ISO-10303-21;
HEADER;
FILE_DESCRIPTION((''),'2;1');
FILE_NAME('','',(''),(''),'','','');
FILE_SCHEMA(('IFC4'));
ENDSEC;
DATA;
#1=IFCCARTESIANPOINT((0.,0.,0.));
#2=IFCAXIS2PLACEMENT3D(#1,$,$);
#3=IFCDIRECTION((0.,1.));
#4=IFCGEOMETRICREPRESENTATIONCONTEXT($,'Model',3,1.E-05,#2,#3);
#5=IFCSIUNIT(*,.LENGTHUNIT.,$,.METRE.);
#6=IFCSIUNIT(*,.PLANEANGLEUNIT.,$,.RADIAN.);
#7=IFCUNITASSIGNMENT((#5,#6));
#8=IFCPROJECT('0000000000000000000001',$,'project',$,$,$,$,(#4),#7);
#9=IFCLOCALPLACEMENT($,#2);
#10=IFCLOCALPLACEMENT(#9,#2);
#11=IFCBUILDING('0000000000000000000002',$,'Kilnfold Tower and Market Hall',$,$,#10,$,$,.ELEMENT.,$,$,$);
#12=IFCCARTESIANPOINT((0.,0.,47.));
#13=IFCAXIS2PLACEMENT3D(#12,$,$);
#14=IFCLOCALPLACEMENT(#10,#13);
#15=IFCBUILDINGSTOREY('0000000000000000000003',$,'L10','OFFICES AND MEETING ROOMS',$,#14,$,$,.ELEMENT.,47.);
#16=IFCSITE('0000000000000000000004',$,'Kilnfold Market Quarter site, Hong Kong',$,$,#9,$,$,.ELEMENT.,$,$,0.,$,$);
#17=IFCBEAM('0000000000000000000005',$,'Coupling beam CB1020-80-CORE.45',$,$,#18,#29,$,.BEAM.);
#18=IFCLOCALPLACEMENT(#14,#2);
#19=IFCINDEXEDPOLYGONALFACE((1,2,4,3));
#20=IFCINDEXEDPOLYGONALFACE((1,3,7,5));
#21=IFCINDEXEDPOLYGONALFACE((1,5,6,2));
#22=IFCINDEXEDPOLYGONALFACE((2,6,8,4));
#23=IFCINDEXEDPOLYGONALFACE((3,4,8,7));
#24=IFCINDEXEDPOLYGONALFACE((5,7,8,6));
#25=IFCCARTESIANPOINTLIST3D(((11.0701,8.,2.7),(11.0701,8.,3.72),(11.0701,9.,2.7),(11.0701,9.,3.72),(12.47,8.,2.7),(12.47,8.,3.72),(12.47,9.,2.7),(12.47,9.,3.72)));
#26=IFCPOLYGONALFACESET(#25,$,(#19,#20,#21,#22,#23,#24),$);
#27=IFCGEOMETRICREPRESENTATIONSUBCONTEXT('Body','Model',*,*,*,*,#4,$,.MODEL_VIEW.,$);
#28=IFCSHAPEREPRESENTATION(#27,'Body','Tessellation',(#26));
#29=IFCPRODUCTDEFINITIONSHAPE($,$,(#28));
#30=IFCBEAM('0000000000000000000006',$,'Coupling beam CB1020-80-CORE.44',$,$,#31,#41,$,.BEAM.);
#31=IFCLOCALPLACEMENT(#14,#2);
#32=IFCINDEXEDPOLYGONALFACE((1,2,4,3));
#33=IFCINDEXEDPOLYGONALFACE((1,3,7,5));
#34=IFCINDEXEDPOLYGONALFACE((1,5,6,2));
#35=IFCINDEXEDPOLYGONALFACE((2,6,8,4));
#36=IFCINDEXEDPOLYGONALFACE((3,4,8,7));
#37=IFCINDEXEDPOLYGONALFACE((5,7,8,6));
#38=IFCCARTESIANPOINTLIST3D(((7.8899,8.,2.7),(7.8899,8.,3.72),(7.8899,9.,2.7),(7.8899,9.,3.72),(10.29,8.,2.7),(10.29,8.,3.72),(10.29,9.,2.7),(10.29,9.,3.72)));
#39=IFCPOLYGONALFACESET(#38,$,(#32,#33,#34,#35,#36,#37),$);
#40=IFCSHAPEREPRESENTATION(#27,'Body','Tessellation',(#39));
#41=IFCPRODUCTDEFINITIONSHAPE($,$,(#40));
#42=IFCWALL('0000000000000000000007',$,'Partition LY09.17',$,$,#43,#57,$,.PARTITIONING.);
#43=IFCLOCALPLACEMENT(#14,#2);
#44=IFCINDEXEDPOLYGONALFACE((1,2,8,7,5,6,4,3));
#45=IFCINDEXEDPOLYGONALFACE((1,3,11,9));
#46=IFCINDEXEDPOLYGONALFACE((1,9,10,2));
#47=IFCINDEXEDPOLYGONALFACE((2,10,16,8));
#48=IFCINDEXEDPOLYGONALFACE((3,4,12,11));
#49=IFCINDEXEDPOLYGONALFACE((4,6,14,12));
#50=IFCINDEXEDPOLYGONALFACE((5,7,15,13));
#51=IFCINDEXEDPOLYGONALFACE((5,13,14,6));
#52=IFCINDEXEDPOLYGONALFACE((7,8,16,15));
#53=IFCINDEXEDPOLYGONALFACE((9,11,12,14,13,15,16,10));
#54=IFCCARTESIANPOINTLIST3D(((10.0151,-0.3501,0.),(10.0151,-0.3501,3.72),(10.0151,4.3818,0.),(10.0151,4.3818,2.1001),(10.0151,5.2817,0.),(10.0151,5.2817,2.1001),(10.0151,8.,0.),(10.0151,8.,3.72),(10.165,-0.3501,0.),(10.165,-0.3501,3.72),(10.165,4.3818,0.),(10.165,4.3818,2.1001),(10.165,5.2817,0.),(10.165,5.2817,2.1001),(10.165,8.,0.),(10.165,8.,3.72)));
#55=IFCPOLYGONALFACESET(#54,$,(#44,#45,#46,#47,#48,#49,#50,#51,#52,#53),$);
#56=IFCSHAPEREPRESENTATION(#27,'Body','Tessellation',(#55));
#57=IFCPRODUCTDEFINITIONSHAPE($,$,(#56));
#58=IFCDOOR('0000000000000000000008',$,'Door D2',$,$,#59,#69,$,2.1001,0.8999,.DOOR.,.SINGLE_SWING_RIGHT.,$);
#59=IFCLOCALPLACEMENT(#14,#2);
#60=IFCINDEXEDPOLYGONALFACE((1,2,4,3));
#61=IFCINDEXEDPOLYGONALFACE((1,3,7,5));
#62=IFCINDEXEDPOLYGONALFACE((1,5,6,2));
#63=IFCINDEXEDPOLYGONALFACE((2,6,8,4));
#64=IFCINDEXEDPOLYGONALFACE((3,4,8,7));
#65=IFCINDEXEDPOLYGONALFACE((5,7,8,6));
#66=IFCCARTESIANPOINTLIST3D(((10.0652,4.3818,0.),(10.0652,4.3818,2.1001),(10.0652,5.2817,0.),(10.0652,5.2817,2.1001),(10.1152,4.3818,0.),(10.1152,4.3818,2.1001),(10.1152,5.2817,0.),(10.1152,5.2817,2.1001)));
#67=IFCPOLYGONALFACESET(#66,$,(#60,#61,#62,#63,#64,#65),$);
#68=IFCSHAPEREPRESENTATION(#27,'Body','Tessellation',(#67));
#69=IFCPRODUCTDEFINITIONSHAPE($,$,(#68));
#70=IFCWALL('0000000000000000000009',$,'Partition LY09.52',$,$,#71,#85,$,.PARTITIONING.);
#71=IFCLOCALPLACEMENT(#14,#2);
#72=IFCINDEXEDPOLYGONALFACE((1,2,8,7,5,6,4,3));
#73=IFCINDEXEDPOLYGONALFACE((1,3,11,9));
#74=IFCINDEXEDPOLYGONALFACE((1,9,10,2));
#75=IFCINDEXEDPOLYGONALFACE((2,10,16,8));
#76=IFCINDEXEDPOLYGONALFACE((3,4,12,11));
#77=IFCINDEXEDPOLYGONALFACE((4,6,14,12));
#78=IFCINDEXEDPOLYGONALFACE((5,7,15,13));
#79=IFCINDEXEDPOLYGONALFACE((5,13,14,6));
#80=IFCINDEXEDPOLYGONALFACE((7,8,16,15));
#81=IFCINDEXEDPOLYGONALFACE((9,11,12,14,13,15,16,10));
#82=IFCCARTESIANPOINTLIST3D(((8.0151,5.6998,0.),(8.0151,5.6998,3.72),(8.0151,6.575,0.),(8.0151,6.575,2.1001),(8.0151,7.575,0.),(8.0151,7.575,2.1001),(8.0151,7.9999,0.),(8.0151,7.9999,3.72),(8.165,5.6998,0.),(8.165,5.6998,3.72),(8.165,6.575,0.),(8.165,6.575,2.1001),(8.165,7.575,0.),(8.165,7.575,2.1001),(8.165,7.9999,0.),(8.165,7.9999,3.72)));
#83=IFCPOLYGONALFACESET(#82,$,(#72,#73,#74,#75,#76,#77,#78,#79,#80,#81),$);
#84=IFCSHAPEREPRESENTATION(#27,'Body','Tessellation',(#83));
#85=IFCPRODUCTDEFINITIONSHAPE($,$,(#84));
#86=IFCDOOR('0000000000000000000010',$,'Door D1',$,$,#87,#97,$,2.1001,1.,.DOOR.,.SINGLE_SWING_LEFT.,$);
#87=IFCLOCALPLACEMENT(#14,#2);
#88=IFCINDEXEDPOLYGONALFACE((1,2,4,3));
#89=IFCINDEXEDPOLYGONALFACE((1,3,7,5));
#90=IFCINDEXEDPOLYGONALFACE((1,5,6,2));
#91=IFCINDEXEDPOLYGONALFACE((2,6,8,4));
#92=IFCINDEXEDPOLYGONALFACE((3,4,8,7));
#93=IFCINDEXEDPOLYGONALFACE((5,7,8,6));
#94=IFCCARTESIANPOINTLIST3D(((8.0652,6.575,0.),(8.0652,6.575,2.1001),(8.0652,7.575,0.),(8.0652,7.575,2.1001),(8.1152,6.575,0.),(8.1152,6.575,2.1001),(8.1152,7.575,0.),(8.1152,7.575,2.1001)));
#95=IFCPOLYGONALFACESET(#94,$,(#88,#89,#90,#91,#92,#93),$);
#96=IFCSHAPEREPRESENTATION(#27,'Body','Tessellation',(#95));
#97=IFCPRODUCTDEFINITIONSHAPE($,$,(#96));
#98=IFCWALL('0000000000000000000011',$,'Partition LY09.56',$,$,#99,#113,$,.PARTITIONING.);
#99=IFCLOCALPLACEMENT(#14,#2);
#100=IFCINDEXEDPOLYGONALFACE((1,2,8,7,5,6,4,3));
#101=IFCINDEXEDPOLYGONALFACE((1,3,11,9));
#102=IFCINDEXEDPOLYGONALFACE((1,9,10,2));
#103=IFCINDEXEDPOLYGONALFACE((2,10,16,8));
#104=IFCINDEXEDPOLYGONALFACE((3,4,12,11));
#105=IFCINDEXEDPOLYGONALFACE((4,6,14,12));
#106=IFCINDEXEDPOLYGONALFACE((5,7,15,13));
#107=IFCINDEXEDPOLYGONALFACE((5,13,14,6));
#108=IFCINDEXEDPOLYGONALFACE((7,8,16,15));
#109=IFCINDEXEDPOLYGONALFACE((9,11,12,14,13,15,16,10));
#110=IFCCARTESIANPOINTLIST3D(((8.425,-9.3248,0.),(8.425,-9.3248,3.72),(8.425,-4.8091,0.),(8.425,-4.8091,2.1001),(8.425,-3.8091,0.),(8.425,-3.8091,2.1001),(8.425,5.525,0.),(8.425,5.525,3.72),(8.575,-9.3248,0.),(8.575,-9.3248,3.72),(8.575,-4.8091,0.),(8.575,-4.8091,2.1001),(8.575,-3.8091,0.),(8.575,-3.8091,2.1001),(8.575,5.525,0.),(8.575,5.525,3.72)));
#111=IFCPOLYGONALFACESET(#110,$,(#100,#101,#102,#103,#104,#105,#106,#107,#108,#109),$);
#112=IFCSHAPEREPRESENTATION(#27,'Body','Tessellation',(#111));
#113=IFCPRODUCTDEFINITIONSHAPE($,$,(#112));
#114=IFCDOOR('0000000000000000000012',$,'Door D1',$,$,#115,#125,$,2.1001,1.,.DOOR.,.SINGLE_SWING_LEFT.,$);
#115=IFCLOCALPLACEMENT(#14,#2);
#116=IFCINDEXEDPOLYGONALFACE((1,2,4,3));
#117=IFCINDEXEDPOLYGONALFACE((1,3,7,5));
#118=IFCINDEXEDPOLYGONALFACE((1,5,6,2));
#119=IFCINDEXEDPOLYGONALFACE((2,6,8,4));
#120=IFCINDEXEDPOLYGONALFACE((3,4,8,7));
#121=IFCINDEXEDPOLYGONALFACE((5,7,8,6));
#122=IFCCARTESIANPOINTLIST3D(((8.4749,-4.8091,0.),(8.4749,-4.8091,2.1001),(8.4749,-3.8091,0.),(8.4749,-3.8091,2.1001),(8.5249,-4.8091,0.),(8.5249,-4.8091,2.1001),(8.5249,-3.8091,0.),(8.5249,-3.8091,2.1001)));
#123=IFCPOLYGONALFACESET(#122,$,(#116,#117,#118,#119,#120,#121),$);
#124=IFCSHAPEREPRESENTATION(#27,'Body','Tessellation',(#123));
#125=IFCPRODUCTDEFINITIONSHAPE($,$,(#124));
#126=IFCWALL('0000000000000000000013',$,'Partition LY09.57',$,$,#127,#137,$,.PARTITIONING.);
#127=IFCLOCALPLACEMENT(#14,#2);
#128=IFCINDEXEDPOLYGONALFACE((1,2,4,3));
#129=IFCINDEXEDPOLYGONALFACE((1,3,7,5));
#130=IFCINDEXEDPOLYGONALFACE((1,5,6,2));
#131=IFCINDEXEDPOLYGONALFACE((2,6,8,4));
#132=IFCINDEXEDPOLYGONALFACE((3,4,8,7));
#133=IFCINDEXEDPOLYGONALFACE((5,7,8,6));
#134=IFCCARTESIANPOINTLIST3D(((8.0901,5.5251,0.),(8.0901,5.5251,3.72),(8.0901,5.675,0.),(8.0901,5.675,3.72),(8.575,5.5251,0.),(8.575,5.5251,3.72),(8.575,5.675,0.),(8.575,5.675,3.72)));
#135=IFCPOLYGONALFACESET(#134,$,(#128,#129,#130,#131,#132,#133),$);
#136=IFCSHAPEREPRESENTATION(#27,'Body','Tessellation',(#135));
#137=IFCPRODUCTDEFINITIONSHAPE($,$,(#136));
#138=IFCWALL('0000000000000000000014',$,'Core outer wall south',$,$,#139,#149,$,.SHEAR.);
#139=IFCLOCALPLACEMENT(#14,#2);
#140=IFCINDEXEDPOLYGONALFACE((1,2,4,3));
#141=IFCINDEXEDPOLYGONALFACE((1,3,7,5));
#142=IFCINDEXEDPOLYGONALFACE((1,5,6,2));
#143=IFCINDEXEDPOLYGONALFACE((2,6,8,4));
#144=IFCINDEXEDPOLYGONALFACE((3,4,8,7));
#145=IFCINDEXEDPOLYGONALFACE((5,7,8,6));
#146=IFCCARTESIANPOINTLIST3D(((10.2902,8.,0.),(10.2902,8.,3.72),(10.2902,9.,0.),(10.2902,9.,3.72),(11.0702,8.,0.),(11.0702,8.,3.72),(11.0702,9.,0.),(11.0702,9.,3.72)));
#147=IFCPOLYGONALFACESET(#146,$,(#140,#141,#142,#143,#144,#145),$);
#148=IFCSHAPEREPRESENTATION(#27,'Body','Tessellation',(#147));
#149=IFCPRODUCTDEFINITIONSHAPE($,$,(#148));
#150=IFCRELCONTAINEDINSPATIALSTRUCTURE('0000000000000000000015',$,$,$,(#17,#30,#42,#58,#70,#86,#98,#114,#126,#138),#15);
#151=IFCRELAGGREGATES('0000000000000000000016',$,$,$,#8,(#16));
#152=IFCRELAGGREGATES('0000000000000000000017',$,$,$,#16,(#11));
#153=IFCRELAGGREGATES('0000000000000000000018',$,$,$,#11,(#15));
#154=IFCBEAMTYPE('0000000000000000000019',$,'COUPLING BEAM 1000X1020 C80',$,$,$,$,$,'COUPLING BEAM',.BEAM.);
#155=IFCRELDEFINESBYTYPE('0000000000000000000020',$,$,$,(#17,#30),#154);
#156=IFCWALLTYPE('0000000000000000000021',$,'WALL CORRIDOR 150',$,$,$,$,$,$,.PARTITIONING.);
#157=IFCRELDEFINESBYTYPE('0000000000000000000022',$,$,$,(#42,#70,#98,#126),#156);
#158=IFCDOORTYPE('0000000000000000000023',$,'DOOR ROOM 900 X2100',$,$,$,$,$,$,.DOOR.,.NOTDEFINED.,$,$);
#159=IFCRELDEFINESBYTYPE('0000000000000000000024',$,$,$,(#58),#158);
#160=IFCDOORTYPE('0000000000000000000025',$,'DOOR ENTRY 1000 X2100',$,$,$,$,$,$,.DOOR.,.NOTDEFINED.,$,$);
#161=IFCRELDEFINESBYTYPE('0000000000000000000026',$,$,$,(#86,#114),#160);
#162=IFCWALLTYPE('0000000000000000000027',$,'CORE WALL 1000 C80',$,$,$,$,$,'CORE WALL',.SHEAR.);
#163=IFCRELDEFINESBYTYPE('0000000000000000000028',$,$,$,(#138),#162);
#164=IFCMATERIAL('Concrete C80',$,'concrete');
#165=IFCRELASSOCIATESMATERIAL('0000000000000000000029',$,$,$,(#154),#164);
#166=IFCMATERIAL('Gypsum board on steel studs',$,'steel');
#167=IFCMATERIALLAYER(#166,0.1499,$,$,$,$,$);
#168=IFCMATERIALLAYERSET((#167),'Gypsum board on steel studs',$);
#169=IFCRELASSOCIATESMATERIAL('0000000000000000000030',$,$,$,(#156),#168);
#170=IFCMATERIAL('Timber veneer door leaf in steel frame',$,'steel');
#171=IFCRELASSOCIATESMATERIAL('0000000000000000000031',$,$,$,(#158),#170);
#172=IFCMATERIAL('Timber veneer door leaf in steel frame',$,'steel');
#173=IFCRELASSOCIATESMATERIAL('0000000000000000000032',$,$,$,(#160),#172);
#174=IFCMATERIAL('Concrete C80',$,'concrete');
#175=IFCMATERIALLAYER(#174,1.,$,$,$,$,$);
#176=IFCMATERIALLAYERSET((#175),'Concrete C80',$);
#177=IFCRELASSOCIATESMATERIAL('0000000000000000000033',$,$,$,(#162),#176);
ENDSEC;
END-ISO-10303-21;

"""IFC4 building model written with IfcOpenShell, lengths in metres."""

from ifc_helpers import new_model, si_unit, direction, frame, frame_2d, origin, origin_2d, place, context, subcontext, project, spatial, rectangle, extrude, source, transform, mapped, material, layer, layer_set, material_profile, profile_set, type_object, element, fill, save


model = new_model("IFC4")

# Units and contexts
model_context = context("Model", 3, precision=1e-05, world=origin(), true_north=direction((0.0, 1.0)))
body_context = subcontext(model_context, "Body", "Model", "MODEL_VIEW")
ifc_project = project(units=[si_unit("LENGTHUNIT", "METRE"), si_unit("PLANEANGLEUNIT", "RADIAN")], contexts=[model_context])

# Site, building, storey
site_placement = place(None, origin())
site = spatial("IfcSite", under=ifc_project, at=site_placement, Name="Kilnfold Market Quarter site, Hong Kong", CompositionType="ELEMENT", RefElevation=0.0)
building_placement = place(site_placement, origin())
building = spatial("IfcBuilding", under=site, at=building_placement, Name="Kilnfold Tower and Market Hall", CompositionType="ELEMENT")
storey_placement = place(building_placement, frame((0.0, 0.0, 47.0)))
storey = spatial("IfcBuildingStorey", under=building, at=storey_placement, Name="L10", Description="OFFICES AND MEETING ROOMS", CompositionType="ELEMENT", Elevation=47.0)

# Beams
ifc_material_1 = material(Name="Concrete C80", Category="concrete")
ifc_material_profile = material_profile(ifc_material_1, rectangle(XDim=1.0, YDim=1.02, at=origin_2d()), Name="RC 1000x1020")
ifc_profile_set = profile_set([ifc_material_profile], Name="Concrete C80")
beam_type = type_object("IfcBeamType", Name="COUPLING BEAM 1000X1020 C80", ElementType="COUPLING BEAM", PredefinedType="BEAM", material=ifc_profile_set)
shared_shape_1 = source(origin(), body_context, "Body", "SweptSolid", [
    extrude(rectangle(XDim=1.0, YDim=1.02, at=origin_2d()), origin(), (0.0, 0.0, 1.0), 1.3999),
])
beam_1_placement = place(storey_placement, frame((11.0701, 8.5, 3.21), z_axis=(1.0, 0.0, 0.0), x_axis=(0.0, 1.0, 0.0)))
element("IfcBeam", 1, at=beam_1_placement, inside=storey, type_object=beam_type, Name="Coupling beam CB1020-80-CORE.45", PredefinedType="BEAM", context=body_context, shape_type="MappedRepresentation", body=[
    mapped(shared_shape_1, transform((0.0, 0.0, 0.0))),
])
shared_shape_2 = source(origin(), body_context, "Body", "SweptSolid", [
    extrude(rectangle(XDim=1.0, YDim=1.02, at=origin_2d()), origin(), (0.0, 0.0, 1.0), 2.4001),
])
beam_2_placement = place(storey_placement, frame((7.8899, 8.5, 3.21), z_axis=(1.0, 0.0, 0.0), x_axis=(0.0, 1.0, 0.0)))
element("IfcBeam", 2, at=beam_2_placement, inside=storey, type_object=beam_type, Name="Coupling beam CB1020-80-CORE.44", PredefinedType="BEAM", context=body_context, shape_type="MappedRepresentation", body=[
    mapped(shared_shape_2, transform((0.0, 0.0, 0.0))),
])

# Walls, openings, doors
ifc_material_2 = material(Name="Gypsum board on steel studs", Category="steel")
ifc_layer_1 = layer(ifc_material_2, 0.1499)
ifc_layer_set_1 = layer_set([ifc_layer_1], Name="Gypsum board on steel studs")
wall_type_1 = type_object("IfcWallType", Name="WALL CORRIDOR 150", PredefinedType="PARTITIONING", material=ifc_layer_set_1)
wall_1_placement = place(storey_placement, frame((10.0901, -0.3501, 0.0), z_axis=(0.0, 0.0, 1.0), x_axis=(0.0, 1.0, 0.0)))
wall_1 = element("IfcWall", 3, at=wall_1_placement, inside=storey, type_object=wall_type_1, Name="Partition LY09.17", PredefinedType="PARTITIONING", context=body_context, shape_type="SweptSolid", body=[
    extrude(rectangle(XDim=8.3501, YDim=0.1499, at=frame_2d((4.175, 0.0))), origin(), (0.0, 0.0, 1.0), 3.72),
])
opening_1_placement = place(wall_1_placement, frame((4.7319, 0.0, 0.0)))
opening_1 = element("IfcOpeningElement", 4, at=opening_1_placement, cuts=wall_1, PredefinedType="OPENING", context=body_context, shape_type="SweptSolid", body=[
    extrude(rectangle(XDim=0.8999, YDim=2.1001, at=frame_2d((0.45, 1.05))), frame((0.0, 0.085, 0.0), z_axis=(0.0, -1.0, 0.0), x_axis=(1.0, 0.0, 0.0)), (0.0, 0.0, 1.0), 0.1699),
])
ifc_material_3 = material(Name="Timber veneer door leaf in steel frame", Category="steel")
door_type_1 = type_object("IfcDoorType", Name="DOOR ROOM 900 X2100", OperationType="NOTDEFINED", PredefinedType="DOOR", material=ifc_material_3)
door_1_placement = place(opening_1_placement, origin())
door_1 = element("IfcDoor", 5, at=door_1_placement, inside=storey, type_object=door_type_1, Name="Door D2", OperationType="SINGLE_SWING_RIGHT", OverallHeight=2.1001, OverallWidth=0.8999, PredefinedType="DOOR", context=body_context, shape_type="SweptSolid", body=[
    extrude(rectangle(XDim=0.8999, YDim=2.1001, at=frame_2d((0.45, 1.05))), frame((0.0, 0.0249, 0.0), z_axis=(0.0, -1.0, 0.0), x_axis=(1.0, 0.0, 0.0)), (0.0, 0.0, 1.0), 0.05),
])
fill(opening_1, door_1)
wall_2_placement = place(storey_placement, frame((8.0901, 5.7, 0.0), z_axis=(0.0, 0.0, 1.0), x_axis=(0.0, 1.0, 0.0)))
wall_2 = element("IfcWall", 6, at=wall_2_placement, inside=storey, type_object=wall_type_1, Name="Partition LY09.52", PredefinedType="PARTITIONING", context=body_context, shape_type="SweptSolid", body=[
    extrude(rectangle(XDim=2.3, YDim=0.1499, at=frame_2d((1.1499, 0.0))), origin(), (0.0, 0.0, 1.0), 3.72),
])
opening_2_placement = place(wall_2_placement, frame((0.875, 0.0, 0.0)))
opening_2 = element("IfcOpeningElement", 7, at=opening_2_placement, cuts=wall_2, PredefinedType="OPENING", context=body_context, shape_type="SweptSolid", body=[
    extrude(rectangle(XDim=1.0, YDim=2.1001, at=frame_2d((0.5, 1.05))), frame((0.0, 0.085, 0.0), z_axis=(0.0, -1.0, 0.0), x_axis=(1.0, 0.0, 0.0)), (0.0, 0.0, 1.0), 0.1699),
])
ifc_material_4 = material(Name="Timber veneer door leaf in steel frame", Category="steel")
door_type_2 = type_object("IfcDoorType", Name="DOOR ENTRY 1000 X2100", OperationType="NOTDEFINED", PredefinedType="DOOR", material=ifc_material_4)
door_2_placement = place(opening_2_placement, origin())
door_2 = element("IfcDoor", 8, at=door_2_placement, inside=storey, type_object=door_type_2, Name="Door D1", OperationType="SINGLE_SWING_LEFT", OverallHeight=2.1001, OverallWidth=1.0, PredefinedType="DOOR", context=body_context, shape_type="SweptSolid", body=[
    extrude(rectangle(XDim=1.0, YDim=2.1001, at=frame_2d((0.5, 1.05))), frame((0.0, 0.0249, 0.0), z_axis=(0.0, -1.0, 0.0), x_axis=(1.0, 0.0, 0.0)), (0.0, 0.0, 1.0), 0.05),
])
fill(opening_2, door_2)
wall_3_placement = place(storey_placement, frame((8.5, 5.5249, 0.0), z_axis=(0.0, 0.0, 1.0), x_axis=(0.0, -1.0, 0.0)))
wall_3 = element("IfcWall", 9, at=wall_3_placement, inside=storey, type_object=wall_type_1, Name="Partition LY09.56", PredefinedType="PARTITIONING", context=body_context, shape_type="SweptSolid", body=[
    extrude(rectangle(XDim=14.8499, YDim=0.1499, at=frame_2d((7.4248, 0.0))), origin(), (0.0, 0.0, 1.0), 3.72),
])
opening_3_placement = place(wall_3_placement, frame((9.334, 0.0, 0.0)))
opening_3 = element("IfcOpeningElement", 10, at=opening_3_placement, cuts=wall_3, PredefinedType="OPENING", context=body_context, shape_type="SweptSolid", body=[
    extrude(rectangle(XDim=1.0, YDim=2.1001, at=frame_2d((0.5, 1.05))), frame((0.0, 0.085, 0.0), z_axis=(0.0, -1.0, 0.0), x_axis=(1.0, 0.0, 0.0)), (0.0, 0.0, 1.0), 0.1699),
])
door_3_placement = place(opening_3_placement, origin())
door_3 = element("IfcDoor", 11, at=door_3_placement, inside=storey, type_object=door_type_2, Name="Door D1", OperationType="SINGLE_SWING_LEFT", OverallHeight=2.1001, OverallWidth=1.0, PredefinedType="DOOR", context=body_context, shape_type="SweptSolid", body=[
    extrude(rectangle(XDim=1.0, YDim=2.1001, at=frame_2d((0.5, 1.05))), frame((0.0, 0.0249, 0.0), z_axis=(0.0, -1.0, 0.0), x_axis=(1.0, 0.0, 0.0)), (0.0, 0.0, 1.0), 0.05),
])
fill(opening_3, door_3)

# Walls
wall_4_placement = place(storey_placement, frame((8.0901, 5.6001, 0.0), z_axis=(0.0, 0.0, 1.0), x_axis=(1.0, 0.0, 0.0)))
element("IfcWall", 12, at=wall_4_placement, inside=storey, type_object=wall_type_1, Name="Partition LY09.57", PredefinedType="PARTITIONING", context=body_context, shape_type="SweptSolid", body=[
    extrude(rectangle(XDim=0.4849, YDim=0.1499, at=frame_2d((0.2424, 0.0))), origin(), (0.0, 0.0, 1.0), 3.72),
])
ifc_material_5 = material(Name="Concrete C80", Category="concrete")
ifc_layer_2 = layer(ifc_material_5, 1.0)
ifc_layer_set_2 = layer_set([ifc_layer_2], Name="Concrete C80")
wall_type_2 = type_object("IfcWallType", Name="CORE WALL 1000 C80", ElementType="CORE WALL", PredefinedType="SHEAR", material=ifc_layer_set_2)
shared_shape_3 = source(origin(), body_context, "Body", "SweptSolid", [
    extrude(rectangle(XDim=0.78, YDim=1.0, at=frame_2d((0.3901, 0.0))), origin(), (0.0, 0.0, 1.0), 3.72),
])
wall_5_placement = place(storey_placement, frame((10.29, 8.5, 0.0), z_axis=(0.0, 0.0, 1.0), x_axis=(1.0, 0.0, 0.0)))
element("IfcWall", 13, at=wall_5_placement, inside=storey, type_object=wall_type_2, Name="Core outer wall south", PredefinedType="SHEAR", context=body_context, shape_type="MappedRepresentation", body=[
    mapped(shared_shape_3, transform((0.0, 0.0, 0.0))),
])

save(model, "model.ifc")
